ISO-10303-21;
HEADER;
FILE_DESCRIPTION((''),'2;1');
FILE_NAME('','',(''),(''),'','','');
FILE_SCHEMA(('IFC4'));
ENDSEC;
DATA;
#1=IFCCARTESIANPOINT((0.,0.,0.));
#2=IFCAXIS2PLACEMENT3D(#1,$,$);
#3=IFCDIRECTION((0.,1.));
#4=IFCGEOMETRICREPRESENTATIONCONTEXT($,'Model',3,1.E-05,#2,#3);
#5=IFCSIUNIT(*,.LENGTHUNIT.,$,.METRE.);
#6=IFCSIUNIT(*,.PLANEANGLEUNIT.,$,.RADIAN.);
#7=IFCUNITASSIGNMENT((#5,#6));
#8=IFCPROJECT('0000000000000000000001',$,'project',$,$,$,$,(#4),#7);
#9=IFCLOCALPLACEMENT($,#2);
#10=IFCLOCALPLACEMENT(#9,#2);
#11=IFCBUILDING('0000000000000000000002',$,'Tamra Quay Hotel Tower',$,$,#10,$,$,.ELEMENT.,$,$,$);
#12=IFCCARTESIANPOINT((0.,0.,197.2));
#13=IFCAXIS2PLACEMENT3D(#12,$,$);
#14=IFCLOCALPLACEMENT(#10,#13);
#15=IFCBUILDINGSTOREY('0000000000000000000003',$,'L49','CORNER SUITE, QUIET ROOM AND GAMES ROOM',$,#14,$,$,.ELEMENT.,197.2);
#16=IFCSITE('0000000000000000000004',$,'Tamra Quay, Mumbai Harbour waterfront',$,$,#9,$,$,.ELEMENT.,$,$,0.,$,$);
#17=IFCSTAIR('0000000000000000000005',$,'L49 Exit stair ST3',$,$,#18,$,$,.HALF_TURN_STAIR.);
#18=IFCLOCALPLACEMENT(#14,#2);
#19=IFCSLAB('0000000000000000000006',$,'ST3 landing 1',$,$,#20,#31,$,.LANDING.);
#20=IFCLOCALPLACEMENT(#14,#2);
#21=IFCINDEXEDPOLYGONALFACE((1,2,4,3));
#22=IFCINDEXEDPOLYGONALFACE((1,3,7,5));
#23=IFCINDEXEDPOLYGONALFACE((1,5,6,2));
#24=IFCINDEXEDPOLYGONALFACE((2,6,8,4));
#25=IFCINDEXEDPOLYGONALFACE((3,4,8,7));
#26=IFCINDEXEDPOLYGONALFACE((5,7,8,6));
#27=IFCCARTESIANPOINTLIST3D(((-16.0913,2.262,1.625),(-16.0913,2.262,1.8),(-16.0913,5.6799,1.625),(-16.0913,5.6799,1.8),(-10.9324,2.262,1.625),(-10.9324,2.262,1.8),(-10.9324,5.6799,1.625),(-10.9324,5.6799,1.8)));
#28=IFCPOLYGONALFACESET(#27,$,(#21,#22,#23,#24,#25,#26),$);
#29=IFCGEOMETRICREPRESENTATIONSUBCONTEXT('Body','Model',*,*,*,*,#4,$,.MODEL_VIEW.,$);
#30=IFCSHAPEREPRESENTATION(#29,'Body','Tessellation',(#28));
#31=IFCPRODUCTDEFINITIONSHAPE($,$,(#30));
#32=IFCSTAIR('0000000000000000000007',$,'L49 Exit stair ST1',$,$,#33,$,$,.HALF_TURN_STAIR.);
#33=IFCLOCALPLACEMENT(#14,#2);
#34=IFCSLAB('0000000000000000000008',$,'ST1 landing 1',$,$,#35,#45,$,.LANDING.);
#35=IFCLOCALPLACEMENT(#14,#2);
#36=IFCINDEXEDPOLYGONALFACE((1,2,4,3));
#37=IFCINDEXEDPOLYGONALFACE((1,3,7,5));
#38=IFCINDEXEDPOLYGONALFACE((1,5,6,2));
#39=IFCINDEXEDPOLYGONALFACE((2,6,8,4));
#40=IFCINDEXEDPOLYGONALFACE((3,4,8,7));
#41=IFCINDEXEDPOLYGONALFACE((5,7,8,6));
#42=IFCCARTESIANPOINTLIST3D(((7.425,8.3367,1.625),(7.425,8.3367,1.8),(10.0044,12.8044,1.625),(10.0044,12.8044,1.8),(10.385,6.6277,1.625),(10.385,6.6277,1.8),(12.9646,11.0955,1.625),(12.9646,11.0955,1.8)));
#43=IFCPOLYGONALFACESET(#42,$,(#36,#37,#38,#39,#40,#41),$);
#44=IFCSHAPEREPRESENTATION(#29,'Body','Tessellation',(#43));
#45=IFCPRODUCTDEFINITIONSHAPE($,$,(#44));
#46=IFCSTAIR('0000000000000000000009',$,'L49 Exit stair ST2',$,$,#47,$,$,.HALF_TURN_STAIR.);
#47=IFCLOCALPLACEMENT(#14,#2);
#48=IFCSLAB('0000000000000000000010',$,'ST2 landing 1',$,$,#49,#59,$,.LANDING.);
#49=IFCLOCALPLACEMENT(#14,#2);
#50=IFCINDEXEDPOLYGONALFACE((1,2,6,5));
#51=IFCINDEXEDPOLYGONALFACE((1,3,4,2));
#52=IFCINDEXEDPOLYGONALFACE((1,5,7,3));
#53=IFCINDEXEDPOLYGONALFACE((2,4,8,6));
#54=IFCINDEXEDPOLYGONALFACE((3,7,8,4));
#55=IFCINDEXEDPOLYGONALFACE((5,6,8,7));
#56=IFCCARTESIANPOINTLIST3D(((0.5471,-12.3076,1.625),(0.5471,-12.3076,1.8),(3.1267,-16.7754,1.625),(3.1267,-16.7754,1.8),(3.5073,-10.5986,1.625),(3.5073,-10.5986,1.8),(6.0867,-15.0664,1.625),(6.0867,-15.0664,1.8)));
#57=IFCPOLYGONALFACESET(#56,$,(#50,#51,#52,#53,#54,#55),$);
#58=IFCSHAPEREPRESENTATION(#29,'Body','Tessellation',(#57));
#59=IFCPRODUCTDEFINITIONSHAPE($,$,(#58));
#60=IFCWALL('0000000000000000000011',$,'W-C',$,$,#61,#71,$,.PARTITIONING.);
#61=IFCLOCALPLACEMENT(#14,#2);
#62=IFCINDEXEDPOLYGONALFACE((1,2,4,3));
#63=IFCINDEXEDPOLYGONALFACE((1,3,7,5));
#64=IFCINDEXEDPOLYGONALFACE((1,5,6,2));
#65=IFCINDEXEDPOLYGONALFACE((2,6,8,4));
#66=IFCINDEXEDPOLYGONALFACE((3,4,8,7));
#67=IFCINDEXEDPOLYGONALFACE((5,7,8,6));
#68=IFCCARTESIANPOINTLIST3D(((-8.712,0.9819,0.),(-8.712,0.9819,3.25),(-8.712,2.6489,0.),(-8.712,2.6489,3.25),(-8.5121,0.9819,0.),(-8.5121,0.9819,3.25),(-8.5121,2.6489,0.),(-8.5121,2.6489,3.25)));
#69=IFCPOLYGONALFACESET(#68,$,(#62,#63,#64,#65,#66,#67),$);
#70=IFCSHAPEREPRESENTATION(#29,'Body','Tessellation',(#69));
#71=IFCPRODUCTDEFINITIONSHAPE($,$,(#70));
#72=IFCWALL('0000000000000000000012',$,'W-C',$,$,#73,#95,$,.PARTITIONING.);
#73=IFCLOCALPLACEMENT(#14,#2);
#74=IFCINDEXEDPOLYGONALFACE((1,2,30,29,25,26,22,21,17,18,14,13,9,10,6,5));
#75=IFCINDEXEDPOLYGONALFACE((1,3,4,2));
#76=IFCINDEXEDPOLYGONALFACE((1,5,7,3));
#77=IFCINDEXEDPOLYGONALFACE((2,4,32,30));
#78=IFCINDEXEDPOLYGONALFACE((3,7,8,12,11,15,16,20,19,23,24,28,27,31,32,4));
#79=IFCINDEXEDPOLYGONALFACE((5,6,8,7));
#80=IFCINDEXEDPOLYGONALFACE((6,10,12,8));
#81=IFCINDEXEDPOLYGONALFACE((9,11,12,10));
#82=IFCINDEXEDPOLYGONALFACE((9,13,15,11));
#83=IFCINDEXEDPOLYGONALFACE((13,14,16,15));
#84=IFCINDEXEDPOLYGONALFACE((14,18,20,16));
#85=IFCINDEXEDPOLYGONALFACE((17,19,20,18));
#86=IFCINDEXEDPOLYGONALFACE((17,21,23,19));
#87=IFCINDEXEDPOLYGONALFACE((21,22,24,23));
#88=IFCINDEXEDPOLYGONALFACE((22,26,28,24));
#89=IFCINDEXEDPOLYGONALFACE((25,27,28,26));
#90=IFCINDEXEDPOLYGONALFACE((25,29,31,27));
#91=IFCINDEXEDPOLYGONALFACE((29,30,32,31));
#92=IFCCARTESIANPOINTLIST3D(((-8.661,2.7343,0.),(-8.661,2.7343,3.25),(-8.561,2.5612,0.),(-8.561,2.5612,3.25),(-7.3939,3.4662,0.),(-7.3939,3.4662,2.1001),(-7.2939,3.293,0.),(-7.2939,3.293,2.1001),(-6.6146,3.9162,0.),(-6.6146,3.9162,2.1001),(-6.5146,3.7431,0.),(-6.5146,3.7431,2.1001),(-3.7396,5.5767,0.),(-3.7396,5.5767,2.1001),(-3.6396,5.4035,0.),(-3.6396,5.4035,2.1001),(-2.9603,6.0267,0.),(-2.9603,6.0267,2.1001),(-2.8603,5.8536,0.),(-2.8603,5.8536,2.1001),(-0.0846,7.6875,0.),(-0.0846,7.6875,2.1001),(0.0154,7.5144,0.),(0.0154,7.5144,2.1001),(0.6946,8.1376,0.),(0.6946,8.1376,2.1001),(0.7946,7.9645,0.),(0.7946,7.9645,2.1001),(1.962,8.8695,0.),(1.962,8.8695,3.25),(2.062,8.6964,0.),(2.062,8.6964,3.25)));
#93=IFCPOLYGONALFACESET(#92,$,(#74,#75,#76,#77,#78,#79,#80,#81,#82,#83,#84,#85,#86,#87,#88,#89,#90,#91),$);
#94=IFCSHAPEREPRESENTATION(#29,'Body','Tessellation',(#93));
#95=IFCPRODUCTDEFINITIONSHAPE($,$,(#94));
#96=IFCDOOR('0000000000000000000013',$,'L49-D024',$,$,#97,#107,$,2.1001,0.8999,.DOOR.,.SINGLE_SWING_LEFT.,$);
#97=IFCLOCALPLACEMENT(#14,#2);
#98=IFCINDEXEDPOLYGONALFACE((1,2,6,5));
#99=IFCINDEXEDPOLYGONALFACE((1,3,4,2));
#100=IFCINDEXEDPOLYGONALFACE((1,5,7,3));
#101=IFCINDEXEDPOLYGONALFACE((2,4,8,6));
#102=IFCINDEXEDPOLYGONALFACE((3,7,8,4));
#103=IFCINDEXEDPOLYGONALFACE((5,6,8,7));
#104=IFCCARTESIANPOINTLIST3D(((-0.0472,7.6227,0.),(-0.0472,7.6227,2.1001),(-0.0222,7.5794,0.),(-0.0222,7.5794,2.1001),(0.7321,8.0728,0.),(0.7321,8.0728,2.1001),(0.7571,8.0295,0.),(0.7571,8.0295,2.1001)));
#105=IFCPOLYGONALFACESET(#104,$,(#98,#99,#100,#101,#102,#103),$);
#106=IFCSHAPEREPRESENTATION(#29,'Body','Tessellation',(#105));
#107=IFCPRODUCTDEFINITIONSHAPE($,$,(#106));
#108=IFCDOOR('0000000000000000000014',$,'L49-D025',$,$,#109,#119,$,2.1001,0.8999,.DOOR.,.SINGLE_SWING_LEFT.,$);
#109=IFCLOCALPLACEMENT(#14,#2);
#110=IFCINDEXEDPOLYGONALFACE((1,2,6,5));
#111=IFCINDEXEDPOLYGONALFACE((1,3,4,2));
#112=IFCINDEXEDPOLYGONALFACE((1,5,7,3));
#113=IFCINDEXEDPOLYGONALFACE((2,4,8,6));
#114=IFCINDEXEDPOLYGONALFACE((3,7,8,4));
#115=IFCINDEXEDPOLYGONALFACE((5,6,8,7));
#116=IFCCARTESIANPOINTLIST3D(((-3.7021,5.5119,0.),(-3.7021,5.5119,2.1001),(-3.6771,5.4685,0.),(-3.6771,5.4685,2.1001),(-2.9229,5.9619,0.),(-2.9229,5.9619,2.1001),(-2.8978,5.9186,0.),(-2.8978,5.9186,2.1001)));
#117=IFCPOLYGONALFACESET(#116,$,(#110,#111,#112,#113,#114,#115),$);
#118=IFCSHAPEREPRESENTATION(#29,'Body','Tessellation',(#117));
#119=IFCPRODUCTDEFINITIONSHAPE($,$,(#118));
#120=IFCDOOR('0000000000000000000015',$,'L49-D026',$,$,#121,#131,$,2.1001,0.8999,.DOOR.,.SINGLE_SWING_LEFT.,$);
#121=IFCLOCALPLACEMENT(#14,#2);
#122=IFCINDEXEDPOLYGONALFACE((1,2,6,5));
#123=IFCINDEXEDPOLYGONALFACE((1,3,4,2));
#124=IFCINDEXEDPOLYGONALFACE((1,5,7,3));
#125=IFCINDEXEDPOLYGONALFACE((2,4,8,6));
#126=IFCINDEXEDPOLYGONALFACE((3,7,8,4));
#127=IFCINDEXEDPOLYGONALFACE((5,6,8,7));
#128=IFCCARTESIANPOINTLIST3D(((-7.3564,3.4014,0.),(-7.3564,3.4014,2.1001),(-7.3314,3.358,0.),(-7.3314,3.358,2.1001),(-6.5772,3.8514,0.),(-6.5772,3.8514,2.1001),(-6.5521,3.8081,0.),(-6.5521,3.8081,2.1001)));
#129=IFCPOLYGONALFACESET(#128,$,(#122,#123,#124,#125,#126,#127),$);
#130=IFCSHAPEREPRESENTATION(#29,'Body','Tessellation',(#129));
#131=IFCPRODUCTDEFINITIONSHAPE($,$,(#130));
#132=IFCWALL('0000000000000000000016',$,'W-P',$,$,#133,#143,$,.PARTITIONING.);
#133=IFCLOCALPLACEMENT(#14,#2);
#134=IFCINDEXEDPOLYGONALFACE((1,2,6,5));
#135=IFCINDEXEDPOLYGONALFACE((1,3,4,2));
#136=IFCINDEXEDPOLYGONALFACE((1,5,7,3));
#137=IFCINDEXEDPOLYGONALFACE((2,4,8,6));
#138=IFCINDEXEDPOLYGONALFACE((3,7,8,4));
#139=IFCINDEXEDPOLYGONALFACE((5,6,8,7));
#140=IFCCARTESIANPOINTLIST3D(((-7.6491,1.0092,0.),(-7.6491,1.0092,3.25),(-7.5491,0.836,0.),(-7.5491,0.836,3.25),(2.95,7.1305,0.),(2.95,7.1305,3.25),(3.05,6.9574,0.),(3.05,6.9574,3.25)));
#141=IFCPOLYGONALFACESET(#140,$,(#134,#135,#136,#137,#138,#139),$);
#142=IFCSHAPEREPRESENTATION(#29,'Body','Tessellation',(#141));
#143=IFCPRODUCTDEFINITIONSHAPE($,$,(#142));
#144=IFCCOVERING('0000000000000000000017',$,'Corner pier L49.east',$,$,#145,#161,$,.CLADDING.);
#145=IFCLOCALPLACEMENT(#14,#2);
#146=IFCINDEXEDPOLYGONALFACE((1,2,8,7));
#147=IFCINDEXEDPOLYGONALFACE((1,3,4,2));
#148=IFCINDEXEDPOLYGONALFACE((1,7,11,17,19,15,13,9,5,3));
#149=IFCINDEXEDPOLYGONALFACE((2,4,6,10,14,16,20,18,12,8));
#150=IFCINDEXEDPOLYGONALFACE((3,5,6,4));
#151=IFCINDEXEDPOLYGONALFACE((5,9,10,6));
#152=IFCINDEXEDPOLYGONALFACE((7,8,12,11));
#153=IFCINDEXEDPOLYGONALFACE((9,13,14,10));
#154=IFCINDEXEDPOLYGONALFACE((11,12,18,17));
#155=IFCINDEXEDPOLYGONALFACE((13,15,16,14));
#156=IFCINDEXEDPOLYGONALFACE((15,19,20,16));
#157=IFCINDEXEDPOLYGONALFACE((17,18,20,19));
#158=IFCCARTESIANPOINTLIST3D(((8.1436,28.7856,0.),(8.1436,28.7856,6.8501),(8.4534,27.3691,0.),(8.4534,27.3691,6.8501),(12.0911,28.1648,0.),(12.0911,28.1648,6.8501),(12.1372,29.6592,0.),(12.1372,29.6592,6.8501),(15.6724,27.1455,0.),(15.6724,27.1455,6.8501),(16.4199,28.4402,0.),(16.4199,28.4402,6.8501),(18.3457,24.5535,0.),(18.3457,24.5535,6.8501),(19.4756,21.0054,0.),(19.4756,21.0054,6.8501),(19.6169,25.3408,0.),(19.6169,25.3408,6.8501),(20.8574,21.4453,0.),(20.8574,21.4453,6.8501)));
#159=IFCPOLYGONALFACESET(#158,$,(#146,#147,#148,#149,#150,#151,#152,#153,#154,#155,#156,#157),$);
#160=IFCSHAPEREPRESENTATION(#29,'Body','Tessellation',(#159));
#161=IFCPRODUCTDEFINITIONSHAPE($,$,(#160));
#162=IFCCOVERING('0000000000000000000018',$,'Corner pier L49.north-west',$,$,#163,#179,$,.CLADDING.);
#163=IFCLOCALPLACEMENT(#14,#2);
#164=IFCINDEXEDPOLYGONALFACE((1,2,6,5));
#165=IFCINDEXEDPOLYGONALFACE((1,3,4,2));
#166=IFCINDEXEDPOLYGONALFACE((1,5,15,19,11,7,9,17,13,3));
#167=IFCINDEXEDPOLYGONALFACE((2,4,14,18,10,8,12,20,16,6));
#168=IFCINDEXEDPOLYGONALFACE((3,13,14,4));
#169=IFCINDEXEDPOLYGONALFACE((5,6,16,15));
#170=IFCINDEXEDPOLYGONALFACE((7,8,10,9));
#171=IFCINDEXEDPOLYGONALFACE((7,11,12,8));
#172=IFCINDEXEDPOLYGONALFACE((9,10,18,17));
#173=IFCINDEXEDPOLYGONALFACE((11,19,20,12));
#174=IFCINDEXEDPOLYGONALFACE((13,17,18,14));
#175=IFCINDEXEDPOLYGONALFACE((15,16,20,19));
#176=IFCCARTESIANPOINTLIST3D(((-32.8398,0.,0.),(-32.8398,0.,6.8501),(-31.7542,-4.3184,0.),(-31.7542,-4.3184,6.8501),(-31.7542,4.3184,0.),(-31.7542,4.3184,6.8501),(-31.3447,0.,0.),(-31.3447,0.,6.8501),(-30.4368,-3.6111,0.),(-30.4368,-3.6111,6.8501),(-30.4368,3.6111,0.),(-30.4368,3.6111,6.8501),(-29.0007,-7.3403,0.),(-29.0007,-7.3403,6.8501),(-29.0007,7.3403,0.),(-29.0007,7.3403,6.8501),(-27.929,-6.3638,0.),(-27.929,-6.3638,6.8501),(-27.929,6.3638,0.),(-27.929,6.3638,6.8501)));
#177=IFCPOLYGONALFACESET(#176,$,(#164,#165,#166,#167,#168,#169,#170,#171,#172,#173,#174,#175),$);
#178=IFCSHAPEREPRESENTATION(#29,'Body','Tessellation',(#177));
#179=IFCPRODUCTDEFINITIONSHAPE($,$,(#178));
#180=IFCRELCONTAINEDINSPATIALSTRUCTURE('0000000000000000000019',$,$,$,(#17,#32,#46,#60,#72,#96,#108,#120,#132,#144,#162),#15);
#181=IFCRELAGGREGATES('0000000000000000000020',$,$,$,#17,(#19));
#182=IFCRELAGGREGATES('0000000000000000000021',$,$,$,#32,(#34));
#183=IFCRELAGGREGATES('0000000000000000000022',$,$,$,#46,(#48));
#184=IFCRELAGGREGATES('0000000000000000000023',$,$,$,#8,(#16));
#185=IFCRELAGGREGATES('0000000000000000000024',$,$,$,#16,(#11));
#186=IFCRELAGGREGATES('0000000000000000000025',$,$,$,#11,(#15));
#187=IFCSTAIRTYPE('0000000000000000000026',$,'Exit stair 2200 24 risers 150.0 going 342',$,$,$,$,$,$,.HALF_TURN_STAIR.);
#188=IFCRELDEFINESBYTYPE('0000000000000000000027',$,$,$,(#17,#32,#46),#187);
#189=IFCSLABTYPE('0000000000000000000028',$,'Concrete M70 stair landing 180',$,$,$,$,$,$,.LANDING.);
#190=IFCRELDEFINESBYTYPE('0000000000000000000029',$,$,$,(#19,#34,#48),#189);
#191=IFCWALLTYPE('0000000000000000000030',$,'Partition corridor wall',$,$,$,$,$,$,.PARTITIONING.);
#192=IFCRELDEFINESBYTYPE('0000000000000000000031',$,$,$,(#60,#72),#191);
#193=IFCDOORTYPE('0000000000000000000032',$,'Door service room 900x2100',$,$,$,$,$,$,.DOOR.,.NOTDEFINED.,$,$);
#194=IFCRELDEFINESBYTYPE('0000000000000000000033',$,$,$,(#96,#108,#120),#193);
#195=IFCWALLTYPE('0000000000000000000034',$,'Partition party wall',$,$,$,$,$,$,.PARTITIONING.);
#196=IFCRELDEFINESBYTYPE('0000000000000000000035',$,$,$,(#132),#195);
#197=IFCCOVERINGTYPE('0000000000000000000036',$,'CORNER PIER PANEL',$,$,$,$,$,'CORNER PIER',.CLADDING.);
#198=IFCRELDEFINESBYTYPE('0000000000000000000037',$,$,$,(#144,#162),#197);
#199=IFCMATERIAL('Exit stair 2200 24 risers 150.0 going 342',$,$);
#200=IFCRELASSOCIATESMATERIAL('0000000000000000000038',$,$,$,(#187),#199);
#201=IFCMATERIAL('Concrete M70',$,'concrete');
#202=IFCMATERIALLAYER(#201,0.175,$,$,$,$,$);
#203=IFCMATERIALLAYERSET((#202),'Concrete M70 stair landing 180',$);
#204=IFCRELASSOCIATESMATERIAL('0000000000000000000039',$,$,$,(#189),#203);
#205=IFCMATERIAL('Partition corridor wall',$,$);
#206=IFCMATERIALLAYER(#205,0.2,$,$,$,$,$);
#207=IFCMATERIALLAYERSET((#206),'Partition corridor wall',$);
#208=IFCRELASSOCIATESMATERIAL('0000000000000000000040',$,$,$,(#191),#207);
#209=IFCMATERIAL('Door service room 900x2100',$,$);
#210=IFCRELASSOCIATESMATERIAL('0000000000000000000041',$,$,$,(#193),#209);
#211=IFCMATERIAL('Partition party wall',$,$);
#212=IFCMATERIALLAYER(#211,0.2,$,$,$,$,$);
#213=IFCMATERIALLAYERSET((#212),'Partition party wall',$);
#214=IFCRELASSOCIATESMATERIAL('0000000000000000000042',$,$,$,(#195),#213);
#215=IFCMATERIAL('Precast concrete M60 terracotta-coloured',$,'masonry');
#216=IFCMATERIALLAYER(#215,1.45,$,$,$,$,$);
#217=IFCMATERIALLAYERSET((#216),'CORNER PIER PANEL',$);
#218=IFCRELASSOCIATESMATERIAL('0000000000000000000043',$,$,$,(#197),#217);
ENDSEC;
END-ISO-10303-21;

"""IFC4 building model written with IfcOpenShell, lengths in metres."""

from ifc_helpers import new_model, si_unit, direction, frame, frame_2d, origin, place, context, subcontext, project, spatial, polyline, rectangle, outline, extrude, material, layer, layer_set, type_object, element, fill, aggregate, save


model = new_model("IFC4")

# Units and contexts
model_context = context("Model", 3, precision=1e-05, world=origin(), true_north=direction((0.0, 1.0)))
body_context = subcontext(model_context, "Body", "Model", "MODEL_VIEW")
ifc_project = project(units=[si_unit("LENGTHUNIT", "METRE"), si_unit("PLANEANGLEUNIT", "RADIAN")], contexts=[model_context])

# Site, building, storey
site_placement = place(None, origin())
site = spatial("IfcSite", under=ifc_project, at=site_placement, Name="Tamra Quay, Mumbai Harbour waterfront", CompositionType="ELEMENT", RefElevation=0.0)
building_placement = place(site_placement, origin())
building = spatial("IfcBuilding", under=site, at=building_placement, Name="Tamra Quay Hotel Tower", CompositionType="ELEMENT")
storey_placement = place(building_placement, frame((0.0, 0.0, 197.2)))
storey = spatial("IfcBuildingStorey", under=building, at=storey_placement, Name="L49", Description="CORNER SUITE, QUIET ROOM AND GAMES ROOM", CompositionType="ELEMENT", Elevation=197.2)

# Stairs, slabs
ifc_material_1 = material(Name="Exit stair 2200 24 risers 150.0 going 342")
stair_type = type_object("IfcStairType", Name="Exit stair 2200 24 risers 150.0 going 342", PredefinedType="HALF_TURN_STAIR", material=ifc_material_1)
stair_1_placement = place(storey_placement, origin())
stair_1 = element("IfcStair", 1, at=stair_1_placement, inside=storey, type_object=stair_type, Name="L49 Exit stair ST3", PredefinedType="HALF_TURN_STAIR")
ifc_material_2 = material(Name="Concrete M70", Category="concrete")
ifc_layer_1 = layer(ifc_material_2, 0.175)
ifc_layer_set_1 = layer_set([ifc_layer_1], Name="Concrete M70 stair landing 180")
slab_type_1 = type_object("IfcSlabType", Name="Concrete M70 stair landing 180", PredefinedType="LANDING", material=ifc_layer_set_1)
slab_1_placement = place(storey_placement, frame((0.0, 0.0, 1.625)))
slab_1 = element("IfcSlab", 2, at=slab_1_placement, type_object=slab_type_1, Name="ST3 landing 1", PredefinedType="LANDING", context=body_context, shape_type="SweptSolid", body=[
    extrude(outline(polyline([(-10.9324, 2.262), (-10.9324, 5.6799), (-16.0913, 5.6799), (-16.0913, 2.262), (-10.9324, 2.262)])), origin(), (0.0, 0.0, 1.0), 0.175),
])
aggregate(stair_1, [slab_1])
stair_2_placement = place(storey_placement, origin())
stair_2 = element("IfcStair", 3, at=stair_2_placement, inside=storey, type_object=stair_type, Name="L49 Exit stair ST1", PredefinedType="HALF_TURN_STAIR")
slab_2_placement = place(storey_placement, frame((0.0, 0.0, 1.625)))
slab_2 = element("IfcSlab", 4, at=slab_2_placement, type_object=slab_type_1, Name="ST1 landing 1", PredefinedType="LANDING", context=body_context, shape_type="SweptSolid", body=[
    extrude(outline(polyline([(7.425, 8.3367), (10.385, 6.6277), (12.9646, 11.0955), (10.0044, 12.8044), (7.425, 8.3367)])), origin(), (0.0, 0.0, 1.0), 0.175),
])
aggregate(stair_2, [slab_2])
stair_3_placement = place(storey_placement, origin())
stair_3 = element("IfcStair", 5, at=stair_3_placement, inside=storey, type_object=stair_type, Name="L49 Exit stair ST2", PredefinedType="HALF_TURN_STAIR")
slab_3_placement = place(storey_placement, frame((0.0, 0.0, 1.625)))
slab_3 = element("IfcSlab", 6, at=slab_3_placement, type_object=slab_type_1, Name="ST2 landing 1", PredefinedType="LANDING", context=body_context, shape_type="SweptSolid", body=[
    extrude(outline(polyline([(3.5073, -10.5986), (0.5471, -12.3076), (3.1267, -16.7754), (6.0867, -15.0664), (3.5073, -10.5986)])), origin(), (0.0, 0.0, 1.0), 0.175),
])
aggregate(stair_3, [slab_3])

# Wall
ifc_material_3 = material(Name="Partition corridor wall")
ifc_layer_2 = layer(ifc_material_3, 0.2)
ifc_layer_set_2 = layer_set([ifc_layer_2], Name="Partition corridor wall")
wall_type_1 = type_object("IfcWallType", Name="Partition corridor wall", PredefinedType="PARTITIONING", material=ifc_layer_set_2)
wall_1_placement = place(storey_placement, frame((-8.6121, 0.9819, 0.0), z_axis=(0.0, 0.0, 1.0), x_axis=(0.0, 1.0, 0.0)))
element("IfcWall", 7, at=wall_1_placement, inside=storey, type_object=wall_type_1, Name="W-C", PredefinedType="PARTITIONING", context=body_context, shape_type="SweptSolid", body=[
    extrude(rectangle(XDim=1.667, YDim=0.2, at=frame_2d((0.8335, 0.0))), origin(), (0.0, 0.0, 1.0), 3.25),
])

# Wall, openings, doors
wall_2_placement = place(storey_placement, frame((-8.6111, 2.6477, 0.0), z_axis=(0.0, 0.0, 1.0), x_axis=(0.865954, 0.500124, 0.0)))
wall_2 = element("IfcWall", 8, at=wall_2_placement, inside=storey, type_object=wall_type_1, Name="W-C", PredefinedType="PARTITIONING", context=body_context, shape_type="SweptSolid", body=[
    extrude(rectangle(XDim=12.2673, YDim=0.2, at=frame_2d((6.1338, 0.0))), origin(), (0.0, 0.0, 1.0), 3.25),
])
opening_1_placement = place(wall_2_placement, frame((9.9041, 0.0, 0.0)))
opening_1 = element("IfcOpeningElement", 9, at=opening_1_placement, cuts=wall_2, PredefinedType="OPENING", context=body_context, shape_type="SweptSolid", body=[
    extrude(rectangle(XDim=0.8999, YDim=2.1001, at=frame_2d((0.45, 1.05))), frame((0.0, 0.1099, 0.0), z_axis=(0.0, -1.0, 0.0), x_axis=(1.0, 0.0, 0.0)), (0.0, 0.0, 1.0), 0.22),
])
opening_2_placement = place(wall_2_placement, frame((5.6833, 0.0, 0.0)))
opening_2 = element("IfcOpeningElement", 10, at=opening_2_placement, cuts=wall_2, PredefinedType="OPENING", context=body_context, shape_type="SweptSolid", body=[
    extrude(rectangle(XDim=0.8999, YDim=2.1001, at=frame_2d((0.45, 1.05))), frame((0.0, 0.1099, 0.0), z_axis=(0.0, -1.0, 0.0), x_axis=(1.0, 0.0, 0.0)), (0.0, 0.0, 1.0), 0.22),
])
opening_3_placement = place(wall_2_placement, frame((1.4634, 0.0, 0.0)))
opening_3 = element("IfcOpeningElement", 11, at=opening_3_placement, cuts=wall_2, PredefinedType="OPENING", context=body_context, shape_type="SweptSolid", body=[
    extrude(rectangle(XDim=0.8999, YDim=2.1001, at=frame_2d((0.45, 1.05))), frame((0.0, 0.1099, 0.0), z_axis=(0.0, -1.0, 0.0), x_axis=(1.0, 0.0, 0.0)), (0.0, 0.0, 1.0), 0.22),
])
ifc_material_4 = material(Name="Door service room 900x2100")
door_type = type_object("IfcDoorType", Name="Door service room 900x2100", OperationType="NOTDEFINED", PredefinedType="DOOR", material=ifc_material_4)
door_1_placement = place(opening_1_placement, frame((0.8999, 0.0, 0.0), z_axis=(0.0, 0.0, 1.0), x_axis=(-1.0, 0.0, 0.0)))
door_1 = element("IfcDoor", 12, at=door_1_placement, inside=storey, type_object=door_type, Name="L49-D024", OperationType="SINGLE_SWING_LEFT", OverallHeight=2.1001, OverallWidth=0.8999, PredefinedType="DOOR", context=body_context, shape_type="SweptSolid", body=[
    extrude(rectangle(XDim=0.8999, YDim=2.1001, at=frame_2d((0.45, 1.05))), frame((0.0, 0.0249, 0.0), z_axis=(0.0, -1.0, 0.0), x_axis=(1.0, 0.0, 0.0)), (0.0, 0.0, 1.0), 0.05),
])
fill(opening_1, door_1)
door_2_placement = place(opening_2_placement, frame((0.8999, 0.0, 0.0), z_axis=(0.0, 0.0, 1.0), x_axis=(-1.0, 0.0, 0.0)))
door_2 = element("IfcDoor", 13, at=door_2_placement, inside=storey, type_object=door_type, Name="L49-D025", OperationType="SINGLE_SWING_LEFT", OverallHeight=2.1001, OverallWidth=0.8999, PredefinedType="DOOR", context=body_context, shape_type="SweptSolid", body=[
    extrude(rectangle(XDim=0.8999, YDim=2.1001, at=frame_2d((0.45, 1.05))), frame((0.0, 0.0249, 0.0), z_axis=(0.0, -1.0, 0.0), x_axis=(1.0, 0.0, 0.0)), (0.0, 0.0, 1.0), 0.05),
])
fill(opening_2, door_2)
door_3_placement = place(opening_3_placement, frame((0.8999, 0.0, 0.0), z_axis=(0.0, 0.0, 1.0), x_axis=(-1.0, 0.0, 0.0)))
door_3 = element("IfcDoor", 14, at=door_3_placement, inside=storey, type_object=door_type, Name="L49-D026", OperationType="SINGLE_SWING_LEFT", OverallHeight=2.1001, OverallWidth=0.8999, PredefinedType="DOOR", context=body_context, shape_type="SweptSolid", body=[
    extrude(rectangle(XDim=0.8999, YDim=2.1001, at=frame_2d((0.45, 1.05))), frame((0.0, 0.0249, 0.0), z_axis=(0.0, -1.0, 0.0), x_axis=(1.0, 0.0, 0.0)), (0.0, 0.0, 1.0), 0.05),
])
fill(opening_3, door_3)

# Wall
ifc_material_5 = material(Name="Partition party wall")
ifc_layer_3 = layer(ifc_material_5, 0.2)
ifc_layer_set_3 = layer_set([ifc_layer_3], Name="Partition party wall")
wall_type_2 = type_object("IfcWallType", Name="Partition party wall", PredefinedType="PARTITIONING", material=ifc_layer_set_3)
wall_3_placement = place(storey_placement, frame((-7.5991, 0.9226, 0.0), z_axis=(0.0, 0.0, 1.0), x_axis=(0.865957, 0.500118, 0.0)))
element("IfcWall", 15, at=wall_3_placement, inside=storey, type_object=wall_type_2, Name="W-P", PredefinedType="PARTITIONING", context=body_context, shape_type="SweptSolid", body=[
    extrude(rectangle(XDim=12.2397, YDim=0.2, at=frame_2d((6.1199, 0.0))), origin(), (0.0, 0.0, 1.0), 3.25),
])

# Coverings
ifc_material_6 = material(Name="Precast concrete M60 terracotta-coloured", Category="masonry")
ifc_layer_4 = layer(ifc_material_6, 1.45)
ifc_layer_set_4 = layer_set([ifc_layer_4], Name="CORNER PIER PANEL")
covering_type = type_object("IfcCoveringType", Name="CORNER PIER PANEL", ElementType="CORNER PIER", PredefinedType="CLADDING", material=ifc_layer_set_4)
covering_1_placement = place(storey_placement, origin())
element("IfcCovering", 16, at=covering_1_placement, inside=storey, type_object=covering_type, Name="Corner pier L49.east", PredefinedType="CLADDING", context=body_context, shape_type="SweptSolid", body=[
    extrude(outline(polyline([(19.4756, 21.0054), (20.8574, 21.4453), (19.6169, 25.3408), (16.4199, 28.4402), (12.1372, 29.6592), (8.1436, 28.7856), (8.4534, 27.3691), (12.0911, 28.1648), (15.6724, 27.1455), (18.3457, 24.5535), (19.4756, 21.0054)])), origin(), (0.0, 0.0, 1.0), 6.8501),
])
covering_2_placement = place(storey_placement, origin())
element("IfcCovering", 17, at=covering_2_placement, inside=storey, type_object=covering_type, Name="Corner pier L49.north-west", PredefinedType="CLADDING", context=body_context, shape_type="SweptSolid", body=[
    extrude(outline(polyline([(-27.929, 6.3638), (-29.0007, 7.3403), (-31.7542, 4.3184), (-32.8398, 0.0), (-31.7542, -4.3184), (-29.0007, -7.3403), (-27.929, -6.3638), (-30.4368, -3.6111), (-31.3447, 0.0), (-30.4368, 3.6111), (-27.929, 6.3638)])), origin(), (0.0, 0.0, 1.0), 6.8501),
])

save(model, "model.ifc")
